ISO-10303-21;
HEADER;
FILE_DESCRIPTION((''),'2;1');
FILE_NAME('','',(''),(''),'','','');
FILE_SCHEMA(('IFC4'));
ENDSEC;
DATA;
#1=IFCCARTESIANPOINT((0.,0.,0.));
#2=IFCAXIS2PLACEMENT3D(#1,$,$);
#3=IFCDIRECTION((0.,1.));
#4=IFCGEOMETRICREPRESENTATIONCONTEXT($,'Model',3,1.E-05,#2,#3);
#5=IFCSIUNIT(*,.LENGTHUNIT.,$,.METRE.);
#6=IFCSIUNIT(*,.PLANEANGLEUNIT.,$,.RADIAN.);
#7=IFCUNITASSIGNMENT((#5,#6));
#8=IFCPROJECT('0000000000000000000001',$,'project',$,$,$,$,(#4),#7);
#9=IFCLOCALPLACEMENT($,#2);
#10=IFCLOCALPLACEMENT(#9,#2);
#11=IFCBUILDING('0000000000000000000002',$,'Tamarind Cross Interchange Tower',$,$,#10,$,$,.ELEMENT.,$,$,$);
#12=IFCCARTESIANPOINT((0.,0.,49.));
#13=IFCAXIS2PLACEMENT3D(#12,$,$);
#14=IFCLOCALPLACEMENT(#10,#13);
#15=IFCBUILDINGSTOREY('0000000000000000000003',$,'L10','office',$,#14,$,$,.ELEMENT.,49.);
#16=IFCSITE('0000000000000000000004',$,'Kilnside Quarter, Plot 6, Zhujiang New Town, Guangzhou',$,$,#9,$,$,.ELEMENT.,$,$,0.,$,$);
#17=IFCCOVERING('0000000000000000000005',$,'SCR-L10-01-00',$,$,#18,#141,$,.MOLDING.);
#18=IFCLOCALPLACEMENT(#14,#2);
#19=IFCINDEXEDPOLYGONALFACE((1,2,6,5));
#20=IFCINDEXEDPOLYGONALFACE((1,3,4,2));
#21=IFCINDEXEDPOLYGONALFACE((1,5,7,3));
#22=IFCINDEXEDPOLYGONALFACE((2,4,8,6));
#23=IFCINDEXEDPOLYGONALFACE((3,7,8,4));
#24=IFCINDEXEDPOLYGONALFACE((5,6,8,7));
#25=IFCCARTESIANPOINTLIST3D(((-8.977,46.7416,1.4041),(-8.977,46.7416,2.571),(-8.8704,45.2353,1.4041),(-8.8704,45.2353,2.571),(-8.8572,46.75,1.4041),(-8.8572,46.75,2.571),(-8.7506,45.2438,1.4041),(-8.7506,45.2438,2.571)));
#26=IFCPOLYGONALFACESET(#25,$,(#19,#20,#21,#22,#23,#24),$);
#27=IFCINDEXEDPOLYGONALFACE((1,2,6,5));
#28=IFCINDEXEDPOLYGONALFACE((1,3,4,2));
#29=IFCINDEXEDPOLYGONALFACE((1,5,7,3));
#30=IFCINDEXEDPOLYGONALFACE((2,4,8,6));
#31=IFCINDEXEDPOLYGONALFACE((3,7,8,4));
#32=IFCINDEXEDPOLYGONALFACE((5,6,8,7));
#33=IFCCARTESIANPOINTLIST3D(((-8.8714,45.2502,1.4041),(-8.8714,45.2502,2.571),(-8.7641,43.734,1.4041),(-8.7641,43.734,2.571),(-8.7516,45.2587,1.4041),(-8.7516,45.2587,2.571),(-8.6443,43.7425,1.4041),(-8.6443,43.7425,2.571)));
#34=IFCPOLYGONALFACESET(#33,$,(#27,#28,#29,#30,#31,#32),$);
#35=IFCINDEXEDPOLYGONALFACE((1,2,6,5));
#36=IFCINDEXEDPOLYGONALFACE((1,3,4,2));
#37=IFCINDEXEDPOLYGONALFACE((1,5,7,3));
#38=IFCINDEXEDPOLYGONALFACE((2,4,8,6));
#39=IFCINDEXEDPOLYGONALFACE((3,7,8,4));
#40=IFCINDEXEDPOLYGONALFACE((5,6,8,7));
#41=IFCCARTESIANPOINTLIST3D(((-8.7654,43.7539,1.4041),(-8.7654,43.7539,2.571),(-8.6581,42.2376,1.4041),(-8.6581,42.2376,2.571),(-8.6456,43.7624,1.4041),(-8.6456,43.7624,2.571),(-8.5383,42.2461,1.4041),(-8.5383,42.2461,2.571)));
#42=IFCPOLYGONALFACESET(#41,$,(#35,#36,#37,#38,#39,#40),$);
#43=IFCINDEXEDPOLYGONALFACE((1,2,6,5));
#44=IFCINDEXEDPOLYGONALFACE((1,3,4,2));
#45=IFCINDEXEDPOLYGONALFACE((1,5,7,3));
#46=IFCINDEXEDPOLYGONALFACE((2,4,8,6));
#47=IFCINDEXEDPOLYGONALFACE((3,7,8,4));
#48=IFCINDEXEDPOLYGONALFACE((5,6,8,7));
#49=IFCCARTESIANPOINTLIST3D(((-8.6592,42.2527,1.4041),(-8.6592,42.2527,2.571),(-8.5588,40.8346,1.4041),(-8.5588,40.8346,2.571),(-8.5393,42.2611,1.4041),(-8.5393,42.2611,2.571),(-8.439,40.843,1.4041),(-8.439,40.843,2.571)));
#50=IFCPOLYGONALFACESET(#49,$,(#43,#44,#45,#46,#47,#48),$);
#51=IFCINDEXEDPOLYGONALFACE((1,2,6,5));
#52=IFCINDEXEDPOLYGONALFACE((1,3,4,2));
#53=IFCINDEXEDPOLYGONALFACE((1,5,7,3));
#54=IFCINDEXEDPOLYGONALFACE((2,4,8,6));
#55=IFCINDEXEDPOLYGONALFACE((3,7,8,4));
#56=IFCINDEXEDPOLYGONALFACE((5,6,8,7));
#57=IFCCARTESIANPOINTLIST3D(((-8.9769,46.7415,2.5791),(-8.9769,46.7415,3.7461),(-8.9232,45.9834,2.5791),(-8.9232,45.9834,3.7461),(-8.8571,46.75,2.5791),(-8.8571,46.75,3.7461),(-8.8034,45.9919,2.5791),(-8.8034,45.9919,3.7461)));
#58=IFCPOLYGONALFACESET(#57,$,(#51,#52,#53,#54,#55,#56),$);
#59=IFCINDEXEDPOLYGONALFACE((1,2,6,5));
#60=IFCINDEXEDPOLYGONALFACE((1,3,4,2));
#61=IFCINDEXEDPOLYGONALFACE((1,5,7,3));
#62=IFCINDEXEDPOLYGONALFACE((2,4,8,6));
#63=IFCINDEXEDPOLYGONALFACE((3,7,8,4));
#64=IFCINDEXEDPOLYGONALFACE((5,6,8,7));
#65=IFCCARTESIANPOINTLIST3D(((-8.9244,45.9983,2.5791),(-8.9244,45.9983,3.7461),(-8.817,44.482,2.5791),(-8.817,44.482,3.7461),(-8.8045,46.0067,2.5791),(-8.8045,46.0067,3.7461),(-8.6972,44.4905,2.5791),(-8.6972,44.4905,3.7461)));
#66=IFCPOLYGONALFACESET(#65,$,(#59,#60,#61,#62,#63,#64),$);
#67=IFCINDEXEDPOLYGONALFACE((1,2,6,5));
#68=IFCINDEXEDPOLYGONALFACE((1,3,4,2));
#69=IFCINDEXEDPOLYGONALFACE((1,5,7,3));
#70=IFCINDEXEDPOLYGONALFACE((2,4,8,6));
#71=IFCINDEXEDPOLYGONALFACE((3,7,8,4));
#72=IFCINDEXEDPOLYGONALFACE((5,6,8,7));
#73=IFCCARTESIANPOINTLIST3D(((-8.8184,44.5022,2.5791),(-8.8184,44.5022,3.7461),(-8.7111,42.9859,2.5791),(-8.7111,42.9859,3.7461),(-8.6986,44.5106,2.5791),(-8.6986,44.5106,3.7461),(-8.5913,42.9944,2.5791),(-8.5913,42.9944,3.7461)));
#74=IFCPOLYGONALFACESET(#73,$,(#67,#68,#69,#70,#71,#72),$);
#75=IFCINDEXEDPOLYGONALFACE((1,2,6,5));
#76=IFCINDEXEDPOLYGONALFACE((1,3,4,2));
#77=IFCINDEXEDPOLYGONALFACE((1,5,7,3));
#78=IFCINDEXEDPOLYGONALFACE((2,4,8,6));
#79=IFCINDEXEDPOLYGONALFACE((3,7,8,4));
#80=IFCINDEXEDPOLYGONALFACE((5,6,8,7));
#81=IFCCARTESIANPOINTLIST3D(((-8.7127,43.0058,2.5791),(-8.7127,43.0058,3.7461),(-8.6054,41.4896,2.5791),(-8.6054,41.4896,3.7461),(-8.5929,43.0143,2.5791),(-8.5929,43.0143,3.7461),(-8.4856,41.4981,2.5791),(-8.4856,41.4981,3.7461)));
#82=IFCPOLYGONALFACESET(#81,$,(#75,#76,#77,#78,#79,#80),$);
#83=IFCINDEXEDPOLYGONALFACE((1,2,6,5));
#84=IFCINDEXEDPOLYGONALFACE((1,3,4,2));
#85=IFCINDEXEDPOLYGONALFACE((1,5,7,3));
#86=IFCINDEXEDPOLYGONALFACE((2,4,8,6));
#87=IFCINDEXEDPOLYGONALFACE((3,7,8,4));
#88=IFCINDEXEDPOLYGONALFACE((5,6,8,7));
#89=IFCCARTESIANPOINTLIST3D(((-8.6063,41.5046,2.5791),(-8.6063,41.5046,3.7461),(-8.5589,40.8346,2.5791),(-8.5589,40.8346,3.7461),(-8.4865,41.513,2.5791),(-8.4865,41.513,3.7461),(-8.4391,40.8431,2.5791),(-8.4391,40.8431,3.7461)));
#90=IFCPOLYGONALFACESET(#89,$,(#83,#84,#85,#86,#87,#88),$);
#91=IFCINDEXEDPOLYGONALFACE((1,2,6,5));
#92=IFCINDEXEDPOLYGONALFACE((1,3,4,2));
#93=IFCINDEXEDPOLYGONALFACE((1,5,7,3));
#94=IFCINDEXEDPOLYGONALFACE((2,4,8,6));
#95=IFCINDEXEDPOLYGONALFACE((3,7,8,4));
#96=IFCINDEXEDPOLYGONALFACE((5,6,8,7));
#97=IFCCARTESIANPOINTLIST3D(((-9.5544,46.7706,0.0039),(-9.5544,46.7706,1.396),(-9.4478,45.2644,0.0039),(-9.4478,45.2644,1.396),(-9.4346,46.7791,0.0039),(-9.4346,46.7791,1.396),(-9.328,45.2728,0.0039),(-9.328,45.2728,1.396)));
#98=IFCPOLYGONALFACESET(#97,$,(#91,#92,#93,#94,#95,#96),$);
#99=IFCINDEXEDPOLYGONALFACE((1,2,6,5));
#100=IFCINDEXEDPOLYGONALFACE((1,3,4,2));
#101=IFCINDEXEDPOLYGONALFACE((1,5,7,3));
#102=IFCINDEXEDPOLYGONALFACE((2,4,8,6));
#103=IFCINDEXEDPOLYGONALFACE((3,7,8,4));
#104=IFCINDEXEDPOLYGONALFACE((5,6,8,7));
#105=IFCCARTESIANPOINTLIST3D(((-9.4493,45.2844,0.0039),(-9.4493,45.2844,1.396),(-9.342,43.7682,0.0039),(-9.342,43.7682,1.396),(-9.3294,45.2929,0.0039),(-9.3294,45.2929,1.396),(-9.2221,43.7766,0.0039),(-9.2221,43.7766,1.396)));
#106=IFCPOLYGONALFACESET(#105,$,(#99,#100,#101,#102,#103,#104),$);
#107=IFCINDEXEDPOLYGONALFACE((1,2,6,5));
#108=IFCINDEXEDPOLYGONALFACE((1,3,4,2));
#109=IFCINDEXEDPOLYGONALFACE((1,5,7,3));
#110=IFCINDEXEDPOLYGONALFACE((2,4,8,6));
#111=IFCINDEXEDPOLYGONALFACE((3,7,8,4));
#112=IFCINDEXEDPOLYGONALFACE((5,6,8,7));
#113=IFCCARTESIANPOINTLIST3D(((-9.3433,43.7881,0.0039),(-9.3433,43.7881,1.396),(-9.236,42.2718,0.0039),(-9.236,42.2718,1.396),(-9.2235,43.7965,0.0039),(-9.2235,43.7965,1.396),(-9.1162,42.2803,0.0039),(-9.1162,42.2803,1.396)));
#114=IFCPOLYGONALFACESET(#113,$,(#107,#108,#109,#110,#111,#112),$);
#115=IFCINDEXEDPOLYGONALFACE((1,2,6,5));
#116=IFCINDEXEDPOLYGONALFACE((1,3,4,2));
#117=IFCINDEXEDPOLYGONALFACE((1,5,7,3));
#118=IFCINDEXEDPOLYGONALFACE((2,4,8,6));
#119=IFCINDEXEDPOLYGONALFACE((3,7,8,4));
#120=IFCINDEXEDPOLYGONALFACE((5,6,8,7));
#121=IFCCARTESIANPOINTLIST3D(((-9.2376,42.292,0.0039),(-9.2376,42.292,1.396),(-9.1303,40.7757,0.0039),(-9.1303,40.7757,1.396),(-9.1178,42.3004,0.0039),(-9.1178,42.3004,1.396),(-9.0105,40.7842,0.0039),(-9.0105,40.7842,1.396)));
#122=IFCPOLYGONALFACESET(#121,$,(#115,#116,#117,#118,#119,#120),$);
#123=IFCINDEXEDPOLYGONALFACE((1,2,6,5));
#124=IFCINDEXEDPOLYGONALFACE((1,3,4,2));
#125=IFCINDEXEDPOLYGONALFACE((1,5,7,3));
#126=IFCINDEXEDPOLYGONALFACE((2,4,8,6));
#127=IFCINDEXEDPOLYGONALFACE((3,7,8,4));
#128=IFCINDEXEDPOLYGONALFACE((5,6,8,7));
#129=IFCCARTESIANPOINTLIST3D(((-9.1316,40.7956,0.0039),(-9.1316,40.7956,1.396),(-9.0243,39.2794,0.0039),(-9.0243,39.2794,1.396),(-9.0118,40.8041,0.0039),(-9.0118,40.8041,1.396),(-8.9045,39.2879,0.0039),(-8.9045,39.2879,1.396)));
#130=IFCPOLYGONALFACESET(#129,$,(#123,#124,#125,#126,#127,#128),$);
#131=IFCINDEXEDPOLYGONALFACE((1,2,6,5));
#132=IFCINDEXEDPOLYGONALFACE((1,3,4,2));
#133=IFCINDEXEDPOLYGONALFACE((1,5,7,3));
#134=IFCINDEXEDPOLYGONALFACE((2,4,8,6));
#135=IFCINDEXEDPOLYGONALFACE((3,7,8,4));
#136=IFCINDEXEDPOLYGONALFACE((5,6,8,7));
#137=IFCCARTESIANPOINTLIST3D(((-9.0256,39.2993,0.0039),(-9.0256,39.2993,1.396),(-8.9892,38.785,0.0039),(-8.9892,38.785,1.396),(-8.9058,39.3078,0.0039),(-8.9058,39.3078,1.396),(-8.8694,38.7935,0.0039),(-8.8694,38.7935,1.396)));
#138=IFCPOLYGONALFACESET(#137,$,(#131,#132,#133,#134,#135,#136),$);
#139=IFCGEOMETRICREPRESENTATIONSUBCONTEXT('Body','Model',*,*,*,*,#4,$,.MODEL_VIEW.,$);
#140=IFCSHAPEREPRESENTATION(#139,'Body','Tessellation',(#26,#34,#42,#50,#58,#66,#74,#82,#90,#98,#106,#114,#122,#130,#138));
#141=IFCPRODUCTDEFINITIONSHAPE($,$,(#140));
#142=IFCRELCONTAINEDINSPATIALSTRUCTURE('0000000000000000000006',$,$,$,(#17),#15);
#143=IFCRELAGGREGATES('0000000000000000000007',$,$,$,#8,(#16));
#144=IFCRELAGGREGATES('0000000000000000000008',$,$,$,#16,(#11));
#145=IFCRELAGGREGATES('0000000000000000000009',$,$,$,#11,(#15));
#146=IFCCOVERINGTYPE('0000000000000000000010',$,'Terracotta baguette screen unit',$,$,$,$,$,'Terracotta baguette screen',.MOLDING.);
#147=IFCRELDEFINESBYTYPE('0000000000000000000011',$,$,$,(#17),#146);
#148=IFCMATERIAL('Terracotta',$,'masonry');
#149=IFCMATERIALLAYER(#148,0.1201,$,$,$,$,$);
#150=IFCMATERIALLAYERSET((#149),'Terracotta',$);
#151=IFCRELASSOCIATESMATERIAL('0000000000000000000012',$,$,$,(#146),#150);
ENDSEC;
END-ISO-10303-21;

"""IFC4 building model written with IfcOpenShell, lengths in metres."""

from ifc_helpers import new_model, si_unit, direction, frame, origin, origin_2d, place, context, subcontext, project, spatial, rectangle, extrude, material, layer, layer_set, type_object, element, save


model = new_model("IFC4")

# Units and contexts
model_context = context("Model", 3, precision=1e-05, world=origin(), true_north=direction((0.0, 1.0)))
body_context = subcontext(model_context, "Body", "Model", "MODEL_VIEW")
ifc_project = project(units=[si_unit("LENGTHUNIT", "METRE"), si_unit("PLANEANGLEUNIT", "RADIAN")], contexts=[model_context])

# Site, building, storey
site_placement = place(None, origin())
site = spatial("IfcSite", under=ifc_project, at=site_placement, Name="Kilnside Quarter, Plot 6, Zhujiang New Town, Guangzhou", CompositionType="ELEMENT", RefElevation=0.0)
building_placement = place(site_placement, origin())
building = spatial("IfcBuilding", under=site, at=building_placement, Name="Tamarind Cross Interchange Tower", CompositionType="ELEMENT")
storey_placement = place(building_placement, frame((0.0, 0.0, 49.0)))
storey = spatial("IfcBuildingStorey", under=building, at=storey_placement, Name="L10", Description="office", CompositionType="ELEMENT", Elevation=49.0)

# Covering
ifc_material_1 = material(Name="Terracotta", Category="masonry")
ifc_layer_1 = layer(ifc_material_1, 0.1201)
ifc_layer_set_1 = layer_set([ifc_layer_1], Name="Terracotta")
covering_type = type_object("IfcCoveringType", Name="Terracotta baguette screen unit", ElementType="Terracotta baguette screen", PredefinedType="MOLDING", material=ifc_layer_set_1)
covering_1_placement = place(storey_placement, origin())
element("IfcCovering", 1, at=covering_1_placement, inside=storey, type_object=covering_type, Name="SCR-L10-01-00", PredefinedType="MOLDING", context=body_context, shape_type="SweptSolid", body=[
    extrude(rectangle(XDim=1.51, YDim=0.1201, at=origin_2d()), frame((-8.8638, 45.9927, 1.4041), z_axis=(0.0, 0.0, 1.0), x_axis=(0.070594, -0.997505, 0.0)), (0.0, 0.0, 1.0), 1.167),
    extrude(rectangle(XDim=1.52, YDim=0.1201, at=origin_2d()), frame((-8.7578, 44.4963, 1.4041), z_axis=(0.0, 0.0, 1.0), x_axis=(0.070594, -0.997505, 0.0)), (0.0, 0.0, 1.0), 1.167),
    extrude(rectangle(XDim=1.52, YDim=0.1201, at=origin_2d()), frame((-8.6519, 43.0, 1.4041), z_axis=(0.0, 0.0, 1.0), x_axis=(0.070594, -0.997505, 0.0)), (0.0, 0.0, 1.0), 1.167),
    extrude(rectangle(XDim=1.4216, YDim=0.1201, at=origin_2d()), frame((-8.5491, 41.5479, 1.4041), z_axis=(0.0, 0.0, 1.0), x_axis=(0.070594, -0.997505, 0.0)), (0.0, 0.0, 1.0), 1.167),
    extrude(rectangle(XDim=0.76, YDim=0.1201, at=origin_2d()), frame((-8.8901, 46.3667, 2.5791), z_axis=(0.0, 0.0, 1.0), x_axis=(0.070594, -0.997505, 0.0)), (0.0, 0.0, 1.0), 1.167),
    extrude(rectangle(XDim=1.52, YDim=0.1201, at=origin_2d()), frame((-8.8108, 45.2444, 2.5791), z_axis=(0.0, 0.0, 1.0), x_axis=(0.070594, -0.997505, 0.0)), (0.0, 0.0, 1.0), 1.167),
    extrude(rectangle(XDim=1.52, YDim=0.1201, at=origin_2d()), frame((-8.7048, 43.7483, 2.5791), z_axis=(0.0, 0.0, 1.0), x_axis=(0.070594, -0.997505, 0.0)), (0.0, 0.0, 1.0), 1.167),
    extrude(rectangle(XDim=1.52, YDim=0.1201, at=origin_2d()), frame((-8.5991, 42.252, 2.5791), z_axis=(0.0, 0.0, 1.0), x_axis=(0.070594, -0.997505, 0.0)), (0.0, 0.0, 1.0), 1.167),
    extrude(rectangle(XDim=0.6716, YDim=0.1201, at=origin_2d()), frame((-8.5227, 41.1738, 2.5791), z_axis=(0.0, 0.0, 1.0), x_axis=(0.070594, -0.997505, 0.0)), (0.0, 0.0, 1.0), 1.167),
    extrude(rectangle(XDim=1.51, YDim=0.1201, at=origin_2d()), frame((-9.4412, 46.0217, 0.0039), z_axis=(0.0, 0.0, 1.0), x_axis=(0.070594, -0.997505, 0.0)), (0.0, 0.0, 1.0), 1.3921),
    extrude(rectangle(XDim=1.52, YDim=0.1201, at=origin_2d()), frame((-9.3357, 44.5305, 0.0039), z_axis=(0.0, 0.0, 1.0), x_axis=(0.070594, -0.997505, 0.0)), (0.0, 0.0, 1.0), 1.3921),
    extrude(rectangle(XDim=1.52, YDim=0.1201, at=origin_2d()), frame((-9.2297, 43.0342, 0.0039), z_axis=(0.0, 0.0, 1.0), x_axis=(0.070594, -0.997505, 0.0)), (0.0, 0.0, 1.0), 1.3921),
    extrude(rectangle(XDim=1.52, YDim=0.1201, at=origin_2d()), frame((-9.124, 41.5381, 0.0039), z_axis=(0.0, 0.0, 1.0), x_axis=(0.070594, -0.997505, 0.0)), (0.0, 0.0, 1.0), 1.3921),
    extrude(rectangle(XDim=1.52, YDim=0.1201, at=origin_2d()), frame((-9.0181, 40.0417, 0.0039), z_axis=(0.0, 0.0, 1.0), x_axis=(0.070594, -0.997505, 0.0)), (0.0, 0.0, 1.0), 1.3921),
    extrude(rectangle(XDim=0.5156, YDim=0.1201, at=origin_2d()), frame((-8.9475, 39.0464, 0.0039), z_axis=(0.0, 0.0, 1.0), x_axis=(0.070594, -0.997505, 0.0)), (0.0, 0.0, 1.0), 1.3921),
])

save(model, "model.ifc")
